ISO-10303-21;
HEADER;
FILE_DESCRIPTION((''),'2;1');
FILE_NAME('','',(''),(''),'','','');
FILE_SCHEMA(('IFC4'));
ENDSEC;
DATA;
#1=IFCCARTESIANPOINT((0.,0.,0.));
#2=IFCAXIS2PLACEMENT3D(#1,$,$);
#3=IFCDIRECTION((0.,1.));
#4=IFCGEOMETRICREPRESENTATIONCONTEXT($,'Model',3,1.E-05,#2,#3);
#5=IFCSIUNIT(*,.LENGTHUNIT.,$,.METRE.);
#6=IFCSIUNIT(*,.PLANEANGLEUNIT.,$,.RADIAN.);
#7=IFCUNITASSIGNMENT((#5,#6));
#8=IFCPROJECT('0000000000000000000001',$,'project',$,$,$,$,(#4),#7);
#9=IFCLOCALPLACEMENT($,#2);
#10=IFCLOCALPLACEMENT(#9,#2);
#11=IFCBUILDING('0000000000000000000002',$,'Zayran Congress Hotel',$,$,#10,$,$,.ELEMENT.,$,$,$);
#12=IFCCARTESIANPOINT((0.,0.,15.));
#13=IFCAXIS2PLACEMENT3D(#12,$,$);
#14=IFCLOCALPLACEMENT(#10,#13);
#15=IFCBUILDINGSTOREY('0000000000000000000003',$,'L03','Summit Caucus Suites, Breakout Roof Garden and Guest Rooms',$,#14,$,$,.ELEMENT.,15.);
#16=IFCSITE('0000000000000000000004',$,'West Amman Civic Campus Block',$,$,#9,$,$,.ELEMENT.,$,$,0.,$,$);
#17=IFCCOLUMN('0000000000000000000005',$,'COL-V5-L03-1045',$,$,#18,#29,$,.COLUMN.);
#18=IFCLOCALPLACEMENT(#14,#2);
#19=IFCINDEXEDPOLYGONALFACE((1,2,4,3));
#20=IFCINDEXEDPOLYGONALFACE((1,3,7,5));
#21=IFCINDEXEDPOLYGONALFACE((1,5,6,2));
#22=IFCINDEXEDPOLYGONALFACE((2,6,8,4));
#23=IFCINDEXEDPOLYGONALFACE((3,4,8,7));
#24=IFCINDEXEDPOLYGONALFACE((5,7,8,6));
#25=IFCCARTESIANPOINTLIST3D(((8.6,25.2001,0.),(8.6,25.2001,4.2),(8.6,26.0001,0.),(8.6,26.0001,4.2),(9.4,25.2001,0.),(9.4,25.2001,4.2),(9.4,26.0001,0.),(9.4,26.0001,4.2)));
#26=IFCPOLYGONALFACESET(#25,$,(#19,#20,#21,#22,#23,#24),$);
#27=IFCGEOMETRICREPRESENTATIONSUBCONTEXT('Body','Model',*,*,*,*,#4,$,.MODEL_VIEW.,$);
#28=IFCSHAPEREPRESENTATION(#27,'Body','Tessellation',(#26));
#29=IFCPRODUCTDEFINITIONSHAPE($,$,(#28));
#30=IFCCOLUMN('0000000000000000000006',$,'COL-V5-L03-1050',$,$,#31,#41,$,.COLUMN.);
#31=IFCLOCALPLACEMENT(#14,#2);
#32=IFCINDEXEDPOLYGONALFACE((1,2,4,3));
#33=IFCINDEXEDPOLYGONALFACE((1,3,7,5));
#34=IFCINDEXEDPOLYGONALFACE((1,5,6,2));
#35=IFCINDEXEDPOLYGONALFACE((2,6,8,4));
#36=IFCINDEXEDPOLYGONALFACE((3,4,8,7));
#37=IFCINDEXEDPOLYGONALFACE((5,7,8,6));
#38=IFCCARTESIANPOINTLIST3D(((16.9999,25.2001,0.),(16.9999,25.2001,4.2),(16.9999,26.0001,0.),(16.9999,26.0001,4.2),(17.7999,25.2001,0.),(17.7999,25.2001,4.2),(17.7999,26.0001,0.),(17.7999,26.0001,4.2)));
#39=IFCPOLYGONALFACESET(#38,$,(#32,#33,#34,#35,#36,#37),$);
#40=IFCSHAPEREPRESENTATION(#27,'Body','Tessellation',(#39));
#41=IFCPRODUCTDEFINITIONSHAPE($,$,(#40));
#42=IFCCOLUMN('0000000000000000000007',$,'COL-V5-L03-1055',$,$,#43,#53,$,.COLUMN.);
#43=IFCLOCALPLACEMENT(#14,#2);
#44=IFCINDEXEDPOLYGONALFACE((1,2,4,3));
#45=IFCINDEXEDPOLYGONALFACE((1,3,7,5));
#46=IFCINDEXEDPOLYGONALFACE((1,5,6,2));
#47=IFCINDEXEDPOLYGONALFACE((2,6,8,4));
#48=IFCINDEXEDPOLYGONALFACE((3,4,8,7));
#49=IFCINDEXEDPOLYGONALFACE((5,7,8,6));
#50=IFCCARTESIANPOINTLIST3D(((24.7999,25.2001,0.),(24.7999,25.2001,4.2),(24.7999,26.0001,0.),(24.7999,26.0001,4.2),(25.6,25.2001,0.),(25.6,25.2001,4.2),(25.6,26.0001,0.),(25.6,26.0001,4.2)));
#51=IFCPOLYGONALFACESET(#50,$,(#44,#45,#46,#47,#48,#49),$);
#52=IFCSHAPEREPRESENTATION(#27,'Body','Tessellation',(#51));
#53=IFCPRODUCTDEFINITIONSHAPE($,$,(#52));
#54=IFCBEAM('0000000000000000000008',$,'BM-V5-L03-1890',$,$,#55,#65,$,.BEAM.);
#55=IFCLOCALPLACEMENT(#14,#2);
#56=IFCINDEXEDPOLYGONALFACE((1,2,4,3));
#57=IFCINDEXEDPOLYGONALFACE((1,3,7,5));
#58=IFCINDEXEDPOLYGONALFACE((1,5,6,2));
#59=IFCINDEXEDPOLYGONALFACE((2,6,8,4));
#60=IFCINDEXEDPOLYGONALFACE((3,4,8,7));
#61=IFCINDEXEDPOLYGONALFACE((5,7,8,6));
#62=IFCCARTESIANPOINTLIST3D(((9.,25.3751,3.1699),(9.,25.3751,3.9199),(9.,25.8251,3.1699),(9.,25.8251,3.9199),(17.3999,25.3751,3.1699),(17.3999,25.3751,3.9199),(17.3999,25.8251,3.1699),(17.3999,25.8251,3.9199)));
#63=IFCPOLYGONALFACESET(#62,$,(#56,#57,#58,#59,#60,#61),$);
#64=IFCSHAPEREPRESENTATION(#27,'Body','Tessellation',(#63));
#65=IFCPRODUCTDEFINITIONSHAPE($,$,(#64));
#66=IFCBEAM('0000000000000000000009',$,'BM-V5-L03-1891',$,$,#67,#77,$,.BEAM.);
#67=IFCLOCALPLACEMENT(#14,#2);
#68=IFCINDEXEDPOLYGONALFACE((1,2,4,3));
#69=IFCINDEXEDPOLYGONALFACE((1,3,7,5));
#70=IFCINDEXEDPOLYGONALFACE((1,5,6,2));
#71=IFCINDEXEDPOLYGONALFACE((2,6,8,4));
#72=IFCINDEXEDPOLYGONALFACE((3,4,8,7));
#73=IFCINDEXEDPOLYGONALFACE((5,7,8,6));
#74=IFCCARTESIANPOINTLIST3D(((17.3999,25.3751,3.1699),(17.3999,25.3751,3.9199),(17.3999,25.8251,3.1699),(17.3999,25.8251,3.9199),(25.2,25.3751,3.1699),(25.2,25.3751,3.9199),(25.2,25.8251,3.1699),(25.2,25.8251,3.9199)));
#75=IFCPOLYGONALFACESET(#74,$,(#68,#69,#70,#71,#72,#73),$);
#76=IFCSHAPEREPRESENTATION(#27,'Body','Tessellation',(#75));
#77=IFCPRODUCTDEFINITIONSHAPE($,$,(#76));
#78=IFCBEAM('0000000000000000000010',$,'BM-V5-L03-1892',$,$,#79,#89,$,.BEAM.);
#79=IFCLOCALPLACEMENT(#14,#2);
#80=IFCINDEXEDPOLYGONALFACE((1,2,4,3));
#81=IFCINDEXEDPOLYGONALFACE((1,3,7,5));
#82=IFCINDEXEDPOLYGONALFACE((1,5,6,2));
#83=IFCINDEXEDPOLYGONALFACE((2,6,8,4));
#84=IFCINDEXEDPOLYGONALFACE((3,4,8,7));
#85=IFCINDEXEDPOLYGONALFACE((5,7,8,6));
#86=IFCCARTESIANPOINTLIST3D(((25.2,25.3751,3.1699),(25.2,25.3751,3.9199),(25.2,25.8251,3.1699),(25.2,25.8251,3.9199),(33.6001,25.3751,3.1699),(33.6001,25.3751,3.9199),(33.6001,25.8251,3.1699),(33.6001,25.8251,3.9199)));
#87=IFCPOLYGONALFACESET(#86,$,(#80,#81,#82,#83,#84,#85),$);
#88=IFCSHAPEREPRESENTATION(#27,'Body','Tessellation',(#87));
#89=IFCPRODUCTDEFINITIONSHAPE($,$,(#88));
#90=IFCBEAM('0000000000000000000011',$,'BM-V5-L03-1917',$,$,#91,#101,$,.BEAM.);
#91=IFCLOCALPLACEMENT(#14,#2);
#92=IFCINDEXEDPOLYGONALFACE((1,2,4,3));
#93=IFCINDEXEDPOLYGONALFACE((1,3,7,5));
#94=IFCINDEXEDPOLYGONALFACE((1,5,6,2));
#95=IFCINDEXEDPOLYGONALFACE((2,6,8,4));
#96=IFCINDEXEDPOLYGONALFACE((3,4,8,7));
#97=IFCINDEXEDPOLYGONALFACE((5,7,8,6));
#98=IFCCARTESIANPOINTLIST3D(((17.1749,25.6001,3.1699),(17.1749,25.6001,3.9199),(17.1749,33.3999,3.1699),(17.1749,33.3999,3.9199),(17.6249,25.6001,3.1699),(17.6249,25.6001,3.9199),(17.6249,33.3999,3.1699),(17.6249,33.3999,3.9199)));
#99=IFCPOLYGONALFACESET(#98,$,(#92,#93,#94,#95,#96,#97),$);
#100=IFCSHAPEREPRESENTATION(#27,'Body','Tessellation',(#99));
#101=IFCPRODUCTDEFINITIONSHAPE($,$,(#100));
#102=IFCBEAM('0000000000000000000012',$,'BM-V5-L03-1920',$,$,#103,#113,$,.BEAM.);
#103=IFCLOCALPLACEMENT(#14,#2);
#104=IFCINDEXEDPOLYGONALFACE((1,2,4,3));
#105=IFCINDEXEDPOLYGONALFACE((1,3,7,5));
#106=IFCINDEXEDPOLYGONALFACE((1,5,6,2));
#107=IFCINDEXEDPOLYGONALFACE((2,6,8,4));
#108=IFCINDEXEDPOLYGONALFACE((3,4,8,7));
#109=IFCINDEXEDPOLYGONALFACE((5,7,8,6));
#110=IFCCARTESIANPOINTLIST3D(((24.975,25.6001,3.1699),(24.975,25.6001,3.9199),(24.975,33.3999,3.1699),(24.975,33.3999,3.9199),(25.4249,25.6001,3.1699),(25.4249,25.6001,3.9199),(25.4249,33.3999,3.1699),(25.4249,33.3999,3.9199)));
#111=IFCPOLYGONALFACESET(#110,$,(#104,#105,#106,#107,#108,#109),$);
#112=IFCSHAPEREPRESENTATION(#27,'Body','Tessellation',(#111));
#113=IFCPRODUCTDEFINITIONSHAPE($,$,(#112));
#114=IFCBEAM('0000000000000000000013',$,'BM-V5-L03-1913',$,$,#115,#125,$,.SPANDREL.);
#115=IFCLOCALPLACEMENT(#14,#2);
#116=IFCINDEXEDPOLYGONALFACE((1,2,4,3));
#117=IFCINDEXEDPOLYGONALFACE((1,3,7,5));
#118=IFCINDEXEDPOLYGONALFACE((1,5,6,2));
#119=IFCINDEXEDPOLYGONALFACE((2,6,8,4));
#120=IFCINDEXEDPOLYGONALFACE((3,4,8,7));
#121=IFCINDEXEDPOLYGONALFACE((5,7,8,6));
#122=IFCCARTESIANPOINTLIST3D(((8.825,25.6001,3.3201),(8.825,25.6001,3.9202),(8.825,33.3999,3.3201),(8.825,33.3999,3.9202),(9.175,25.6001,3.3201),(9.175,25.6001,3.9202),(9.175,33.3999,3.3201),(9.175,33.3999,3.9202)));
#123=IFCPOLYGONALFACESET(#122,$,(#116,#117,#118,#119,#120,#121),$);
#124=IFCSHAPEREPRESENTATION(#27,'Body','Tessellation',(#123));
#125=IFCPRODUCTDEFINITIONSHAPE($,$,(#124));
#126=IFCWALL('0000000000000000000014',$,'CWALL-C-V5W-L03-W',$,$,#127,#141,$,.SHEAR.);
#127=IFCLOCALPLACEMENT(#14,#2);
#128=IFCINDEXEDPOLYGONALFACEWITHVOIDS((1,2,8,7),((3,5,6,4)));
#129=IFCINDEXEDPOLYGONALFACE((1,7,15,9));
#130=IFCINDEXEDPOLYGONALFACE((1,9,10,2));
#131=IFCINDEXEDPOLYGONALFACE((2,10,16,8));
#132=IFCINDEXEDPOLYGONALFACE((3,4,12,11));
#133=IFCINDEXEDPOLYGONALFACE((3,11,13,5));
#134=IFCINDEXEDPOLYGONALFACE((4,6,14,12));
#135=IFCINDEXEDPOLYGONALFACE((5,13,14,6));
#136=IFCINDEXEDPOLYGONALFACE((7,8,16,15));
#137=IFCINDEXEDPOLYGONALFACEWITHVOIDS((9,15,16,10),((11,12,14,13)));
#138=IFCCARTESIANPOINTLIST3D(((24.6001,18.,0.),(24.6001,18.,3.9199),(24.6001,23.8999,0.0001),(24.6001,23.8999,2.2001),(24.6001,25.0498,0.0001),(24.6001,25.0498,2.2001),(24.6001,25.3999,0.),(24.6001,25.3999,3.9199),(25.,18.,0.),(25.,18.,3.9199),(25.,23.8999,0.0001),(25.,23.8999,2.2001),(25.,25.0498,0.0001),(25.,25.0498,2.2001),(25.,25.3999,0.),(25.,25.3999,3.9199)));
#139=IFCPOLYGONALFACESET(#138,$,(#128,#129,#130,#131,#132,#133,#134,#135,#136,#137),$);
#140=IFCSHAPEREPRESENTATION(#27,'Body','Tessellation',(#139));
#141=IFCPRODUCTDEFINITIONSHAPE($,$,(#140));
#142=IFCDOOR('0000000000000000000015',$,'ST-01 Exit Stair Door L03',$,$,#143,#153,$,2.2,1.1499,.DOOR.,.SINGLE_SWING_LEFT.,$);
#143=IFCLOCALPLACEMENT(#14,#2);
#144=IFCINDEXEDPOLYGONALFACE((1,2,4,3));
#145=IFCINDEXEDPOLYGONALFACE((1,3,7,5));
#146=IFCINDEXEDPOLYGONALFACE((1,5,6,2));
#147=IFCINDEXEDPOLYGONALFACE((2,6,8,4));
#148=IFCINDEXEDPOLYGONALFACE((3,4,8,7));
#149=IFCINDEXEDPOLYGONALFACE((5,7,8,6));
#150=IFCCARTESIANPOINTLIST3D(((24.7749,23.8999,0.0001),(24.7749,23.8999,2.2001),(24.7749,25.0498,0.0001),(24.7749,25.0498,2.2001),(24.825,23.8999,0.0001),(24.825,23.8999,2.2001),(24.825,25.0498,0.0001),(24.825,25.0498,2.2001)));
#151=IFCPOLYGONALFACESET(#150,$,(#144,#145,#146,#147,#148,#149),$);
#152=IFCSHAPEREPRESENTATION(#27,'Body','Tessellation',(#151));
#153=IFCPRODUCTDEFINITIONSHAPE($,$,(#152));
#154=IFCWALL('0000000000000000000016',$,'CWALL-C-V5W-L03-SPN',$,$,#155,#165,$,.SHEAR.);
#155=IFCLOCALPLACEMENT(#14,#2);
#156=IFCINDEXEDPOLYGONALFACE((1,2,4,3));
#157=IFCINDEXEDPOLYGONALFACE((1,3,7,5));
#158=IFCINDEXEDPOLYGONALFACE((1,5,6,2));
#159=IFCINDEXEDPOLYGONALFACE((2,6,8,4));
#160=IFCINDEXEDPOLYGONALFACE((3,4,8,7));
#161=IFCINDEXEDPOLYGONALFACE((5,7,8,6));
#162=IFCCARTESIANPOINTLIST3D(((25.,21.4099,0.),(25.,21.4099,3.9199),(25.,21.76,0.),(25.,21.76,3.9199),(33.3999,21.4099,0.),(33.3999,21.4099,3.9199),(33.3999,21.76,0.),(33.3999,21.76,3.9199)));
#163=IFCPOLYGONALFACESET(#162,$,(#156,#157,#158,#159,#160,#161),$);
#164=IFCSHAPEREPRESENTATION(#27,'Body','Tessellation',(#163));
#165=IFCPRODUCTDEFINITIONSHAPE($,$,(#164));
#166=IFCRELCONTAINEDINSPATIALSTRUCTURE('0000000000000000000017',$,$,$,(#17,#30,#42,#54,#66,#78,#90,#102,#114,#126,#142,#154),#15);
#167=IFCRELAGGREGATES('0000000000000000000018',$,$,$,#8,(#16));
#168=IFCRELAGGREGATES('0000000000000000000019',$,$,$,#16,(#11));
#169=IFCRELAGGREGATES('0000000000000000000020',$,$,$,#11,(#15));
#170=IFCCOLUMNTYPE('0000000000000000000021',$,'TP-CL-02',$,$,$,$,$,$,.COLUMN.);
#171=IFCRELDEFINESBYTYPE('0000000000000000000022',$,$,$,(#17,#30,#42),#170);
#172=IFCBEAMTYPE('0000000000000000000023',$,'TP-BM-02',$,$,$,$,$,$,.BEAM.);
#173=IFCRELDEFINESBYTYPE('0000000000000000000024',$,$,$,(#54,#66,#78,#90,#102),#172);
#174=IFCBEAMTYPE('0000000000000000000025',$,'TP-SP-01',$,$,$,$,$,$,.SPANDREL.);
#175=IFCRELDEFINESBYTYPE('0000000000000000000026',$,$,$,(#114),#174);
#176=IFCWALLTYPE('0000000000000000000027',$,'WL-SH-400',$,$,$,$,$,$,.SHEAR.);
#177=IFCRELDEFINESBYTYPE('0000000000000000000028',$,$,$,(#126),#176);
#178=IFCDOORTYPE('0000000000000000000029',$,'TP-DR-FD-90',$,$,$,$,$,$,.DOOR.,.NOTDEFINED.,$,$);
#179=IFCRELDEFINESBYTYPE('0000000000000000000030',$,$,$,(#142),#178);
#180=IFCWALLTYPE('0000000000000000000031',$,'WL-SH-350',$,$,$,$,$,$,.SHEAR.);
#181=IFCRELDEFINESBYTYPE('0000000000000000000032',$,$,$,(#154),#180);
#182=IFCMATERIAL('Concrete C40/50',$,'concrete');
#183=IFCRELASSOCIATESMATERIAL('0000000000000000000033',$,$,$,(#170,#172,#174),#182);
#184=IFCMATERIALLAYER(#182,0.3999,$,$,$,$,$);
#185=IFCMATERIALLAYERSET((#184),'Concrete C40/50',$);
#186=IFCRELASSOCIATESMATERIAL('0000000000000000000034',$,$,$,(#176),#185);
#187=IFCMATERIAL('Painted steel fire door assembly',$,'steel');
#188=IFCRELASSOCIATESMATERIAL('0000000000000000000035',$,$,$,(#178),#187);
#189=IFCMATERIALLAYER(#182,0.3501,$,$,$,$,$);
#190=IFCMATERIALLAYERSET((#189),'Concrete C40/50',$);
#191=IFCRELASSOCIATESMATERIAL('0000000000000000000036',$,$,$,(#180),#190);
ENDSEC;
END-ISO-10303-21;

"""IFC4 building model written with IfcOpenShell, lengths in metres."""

from ifc_helpers import new_model, si_unit, direction, frame, frame_2d, origin, origin_2d, place, context, subcontext, project, spatial, rectangle, extrude, material, layer, layer_set, material_profile, profile_set, type_object, element, fill, save


model = new_model("IFC4")

# Units and contexts
model_context = context("Model", 3, precision=1e-05, world=origin(), true_north=direction((0.0, 1.0)))
body_context = subcontext(model_context, "Body", "Model", "MODEL_VIEW")
ifc_project = project(units=[si_unit("LENGTHUNIT", "METRE"), si_unit("PLANEANGLEUNIT", "RADIAN")], contexts=[model_context])

# Site, building, storey
site_placement = place(None, origin())
site = spatial("IfcSite", under=ifc_project, at=site_placement, Name="West Amman Civic Campus Block", CompositionType="ELEMENT", RefElevation=0.0)
building_placement = place(site_placement, origin())
building = spatial("IfcBuilding", under=site, at=building_placement, Name="Zayran Congress Hotel", CompositionType="ELEMENT")
storey_placement = place(building_placement, frame((0.0, 0.0, 15.0)))
storey = spatial("IfcBuildingStorey", under=building, at=storey_placement, Name="L03", Description="Summit Caucus Suites, Breakout Roof Garden and Guest Rooms", CompositionType="ELEMENT", Elevation=15.0)

# Columns
ifc_material_1 = material(Name="Concrete C40/50", Category="concrete")
ifc_material_profile_1 = material_profile(ifc_material_1, rectangle(XDim=0.8, YDim=0.8, at=origin_2d()), Name="RC 800x800")
ifc_profile_set_1 = profile_set([ifc_material_profile_1], Name="Concrete C40/50")
column_type = type_object("IfcColumnType", Name="TP-CL-02", PredefinedType="COLUMN", material=ifc_profile_set_1)
for number, where, z_axis, x_axis, name in (
    (1, (9.0, 25.6001, 0.0), (0.0, 0.0, 1.0), (1.0, 0.0, 0.0), "COL-V5-L03-1045"),
    (2, (17.3999, 25.6001, 0.0), (0.0, 0.0, 1.0), (1.0, 0.0, 0.0), "COL-V5-L03-1050"),
    (3, (25.2, 25.6001, 0.0), (0.0, 0.0, 1.0), (1.0, 0.0, 0.0), "COL-V5-L03-1055"),
):
    element("IfcColumn", number, at=place(storey_placement, frame(where, z_axis=z_axis, x_axis=x_axis)), inside=storey, type_object=column_type, Name=name, PredefinedType="COLUMN", context=body_context, shape_type="SweptSolid", body=[
        extrude(rectangle(XDim=0.8, YDim=0.8, at=origin_2d()), origin(), (0.0, 0.0, 1.0), 4.2),
    ])

# Beams
ifc_material_profile_2 = material_profile(ifc_material_1, rectangle(XDim=0.45, YDim=0.75, at=origin_2d()), Name="RC 450x750")
ifc_profile_set_2 = profile_set([ifc_material_profile_2], Name="Concrete C40/50")
beam_type_1 = type_object("IfcBeamType", Name="TP-BM-02", PredefinedType="BEAM", material=ifc_profile_set_2)
beam_1_placement = place(storey_placement, frame((9.0, 25.6001, 3.5449), z_axis=(1.0, 0.0, 0.0), x_axis=(0.0, 1.0, 0.0)))
element("IfcBeam", 4, at=beam_1_placement, inside=storey, type_object=beam_type_1, Name="BM-V5-L03-1890", PredefinedType="BEAM", context=body_context, shape_type="SweptSolid", body=[
    extrude(rectangle(XDim=0.45, YDim=0.75, at=origin_2d()), origin(), (0.0, 0.0, 1.0), 8.3999),
])
beam_2_placement = place(storey_placement, frame((17.3999, 25.6001, 3.5449), z_axis=(1.0, 0.0, 0.0), x_axis=(0.0, 1.0, 0.0)))
element("IfcBeam", 5, at=beam_2_placement, inside=storey, type_object=beam_type_1, Name="BM-V5-L03-1891", PredefinedType="BEAM", context=body_context, shape_type="SweptSolid", body=[
    extrude(rectangle(XDim=0.45, YDim=0.75, at=origin_2d()), origin(), (0.0, 0.0, 1.0), 7.8),
])
beam_3_placement = place(storey_placement, frame((25.2, 25.6001, 3.5449), z_axis=(1.0, 0.0, 0.0), x_axis=(0.0, 1.0, 0.0)))
element("IfcBeam", 6, at=beam_3_placement, inside=storey, type_object=beam_type_1, Name="BM-V5-L03-1892", PredefinedType="BEAM", context=body_context, shape_type="SweptSolid", body=[
    extrude(rectangle(XDim=0.45, YDim=0.75, at=origin_2d()), origin(), (0.0, 0.0, 1.0), 8.4001),
])
for number, where, z_axis, x_axis, name in (
    (7, (17.3999, 25.6001, 3.5449), (0.0, 1.0, 0.0), (-1.0, 0.0, 0.0), "BM-V5-L03-1917"),
    (8, (25.2, 25.6001, 3.5449), (0.0, 1.0, 0.0), (-1.0, 0.0, 0.0), "BM-V5-L03-1920"),
):
    element("IfcBeam", number, at=place(storey_placement, frame(where, z_axis=z_axis, x_axis=x_axis)), inside=storey, type_object=beam_type_1, Name=name, PredefinedType="BEAM", context=body_context, shape_type="SweptSolid", body=[
        extrude(rectangle(XDim=0.45, YDim=0.75, at=origin_2d()), origin(), (0.0, 0.0, 1.0), 7.7998),
    ])
ifc_material_profile_3 = material_profile(ifc_material_1, rectangle(XDim=0.3501, YDim=0.6001, at=origin_2d()), Name="RC 350x600")
ifc_profile_set_3 = profile_set([ifc_material_profile_3], Name="Concrete C40/50")
beam_type_2 = type_object("IfcBeamType", Name="TP-SP-01", PredefinedType="SPANDREL", material=ifc_profile_set_3)
beam_4_placement = place(storey_placement, frame((9.0, 25.6001, 3.6201), z_axis=(0.0, 1.0, 0.0), x_axis=(-1.0, 0.0, 0.0)))
element("IfcBeam", 9, at=beam_4_placement, inside=storey, type_object=beam_type_2, Name="BM-V5-L03-1913", PredefinedType="SPANDREL", context=body_context, shape_type="SweptSolid", body=[
    extrude(rectangle(XDim=0.3501, YDim=0.6001, at=origin_2d()), origin(), (0.0, 0.0, 1.0), 7.7998),
])

# Wall, opening, door
ifc_layer_1 = layer(ifc_material_1, 0.3999)
ifc_layer_set_1 = layer_set([ifc_layer_1], Name="Concrete C40/50")
wall_type_1 = type_object("IfcWallType", Name="WL-SH-400", PredefinedType="SHEAR", material=ifc_layer_set_1)
wall_1_placement = place(storey_placement, frame((24.8, 25.3999, 0.0), z_axis=(0.0, 0.0, 1.0), x_axis=(0.0, -1.0, 0.0)))
wall_1 = element("IfcWall", 10, at=wall_1_placement, inside=storey, type_object=wall_type_1, Name="CWALL-C-V5W-L03-W", PredefinedType="SHEAR", context=body_context, shape_type="SweptSolid", body=[
    extrude(rectangle(XDim=7.3999, YDim=0.3999, at=frame_2d((3.7, 0.0))), origin(), (0.0, 0.0, 1.0), 3.9199),
])
opening_1_placement = place(wall_1_placement, frame((0.3501, 0.0, 0.0)))
opening_1 = element("IfcOpeningElement", 11, at=opening_1_placement, cuts=wall_1, PredefinedType="OPENING", context=body_context, shape_type="SweptSolid", body=[
    extrude(rectangle(XDim=1.1499, YDim=2.2, at=frame_2d((0.575, 1.1001))), frame((0.0, 0.21, 0.0), z_axis=(0.0, -1.0, 0.0), x_axis=(1.0, 0.0, 0.0)), (0.0, 0.0, 1.0), 0.4199),
])
ifc_material_2 = material(Name="Painted steel fire door assembly", Category="steel")
door_type_1 = type_object("IfcDoorType", Name="TP-DR-FD-90", OperationType="NOTDEFINED", PredefinedType="DOOR", material=ifc_material_2)
door_1_placement = place(opening_1_placement, origin())
door_1 = element("IfcDoor", 12, at=door_1_placement, inside=storey, type_object=door_type_1, Name="ST-01 Exit Stair Door L03", OperationType="SINGLE_SWING_LEFT", OverallHeight=2.2, OverallWidth=1.1499, PredefinedType="DOOR", context=body_context, shape_type="SweptSolid", body=[
    extrude(rectangle(XDim=1.1499, YDim=2.2, at=frame_2d((0.575, 1.1001))), frame((0.0, 0.0249, 0.0), z_axis=(0.0, -1.0, 0.0), x_axis=(1.0, 0.0, 0.0)), (0.0, 0.0, 1.0), 0.05),
])
fill(opening_1, door_1)

# Wall
ifc_layer_2 = layer(ifc_material_1, 0.3501)
ifc_layer_set_2 = layer_set([ifc_layer_2], Name="Concrete C40/50")
wall_type_2 = type_object("IfcWallType", Name="WL-SH-350", PredefinedType="SHEAR", material=ifc_layer_set_2)
wall_2_placement = place(storey_placement, frame((25.0, 21.585, 0.0), z_axis=(0.0, 0.0, 1.0), x_axis=(1.0, 0.0, 0.0)))
element("IfcWall", 13, at=wall_2_placement, inside=storey, type_object=wall_type_2, Name="CWALL-C-V5W-L03-SPN", PredefinedType="SHEAR", context=body_context, shape_type="SweptSolid", body=[
    extrude(rectangle(XDim=8.3999, YDim=0.3501, at=frame_2d((4.2, 0.0))), origin(), (0.0, 0.0, 1.0), 3.9199),
])

save(model, "model.ifc")
